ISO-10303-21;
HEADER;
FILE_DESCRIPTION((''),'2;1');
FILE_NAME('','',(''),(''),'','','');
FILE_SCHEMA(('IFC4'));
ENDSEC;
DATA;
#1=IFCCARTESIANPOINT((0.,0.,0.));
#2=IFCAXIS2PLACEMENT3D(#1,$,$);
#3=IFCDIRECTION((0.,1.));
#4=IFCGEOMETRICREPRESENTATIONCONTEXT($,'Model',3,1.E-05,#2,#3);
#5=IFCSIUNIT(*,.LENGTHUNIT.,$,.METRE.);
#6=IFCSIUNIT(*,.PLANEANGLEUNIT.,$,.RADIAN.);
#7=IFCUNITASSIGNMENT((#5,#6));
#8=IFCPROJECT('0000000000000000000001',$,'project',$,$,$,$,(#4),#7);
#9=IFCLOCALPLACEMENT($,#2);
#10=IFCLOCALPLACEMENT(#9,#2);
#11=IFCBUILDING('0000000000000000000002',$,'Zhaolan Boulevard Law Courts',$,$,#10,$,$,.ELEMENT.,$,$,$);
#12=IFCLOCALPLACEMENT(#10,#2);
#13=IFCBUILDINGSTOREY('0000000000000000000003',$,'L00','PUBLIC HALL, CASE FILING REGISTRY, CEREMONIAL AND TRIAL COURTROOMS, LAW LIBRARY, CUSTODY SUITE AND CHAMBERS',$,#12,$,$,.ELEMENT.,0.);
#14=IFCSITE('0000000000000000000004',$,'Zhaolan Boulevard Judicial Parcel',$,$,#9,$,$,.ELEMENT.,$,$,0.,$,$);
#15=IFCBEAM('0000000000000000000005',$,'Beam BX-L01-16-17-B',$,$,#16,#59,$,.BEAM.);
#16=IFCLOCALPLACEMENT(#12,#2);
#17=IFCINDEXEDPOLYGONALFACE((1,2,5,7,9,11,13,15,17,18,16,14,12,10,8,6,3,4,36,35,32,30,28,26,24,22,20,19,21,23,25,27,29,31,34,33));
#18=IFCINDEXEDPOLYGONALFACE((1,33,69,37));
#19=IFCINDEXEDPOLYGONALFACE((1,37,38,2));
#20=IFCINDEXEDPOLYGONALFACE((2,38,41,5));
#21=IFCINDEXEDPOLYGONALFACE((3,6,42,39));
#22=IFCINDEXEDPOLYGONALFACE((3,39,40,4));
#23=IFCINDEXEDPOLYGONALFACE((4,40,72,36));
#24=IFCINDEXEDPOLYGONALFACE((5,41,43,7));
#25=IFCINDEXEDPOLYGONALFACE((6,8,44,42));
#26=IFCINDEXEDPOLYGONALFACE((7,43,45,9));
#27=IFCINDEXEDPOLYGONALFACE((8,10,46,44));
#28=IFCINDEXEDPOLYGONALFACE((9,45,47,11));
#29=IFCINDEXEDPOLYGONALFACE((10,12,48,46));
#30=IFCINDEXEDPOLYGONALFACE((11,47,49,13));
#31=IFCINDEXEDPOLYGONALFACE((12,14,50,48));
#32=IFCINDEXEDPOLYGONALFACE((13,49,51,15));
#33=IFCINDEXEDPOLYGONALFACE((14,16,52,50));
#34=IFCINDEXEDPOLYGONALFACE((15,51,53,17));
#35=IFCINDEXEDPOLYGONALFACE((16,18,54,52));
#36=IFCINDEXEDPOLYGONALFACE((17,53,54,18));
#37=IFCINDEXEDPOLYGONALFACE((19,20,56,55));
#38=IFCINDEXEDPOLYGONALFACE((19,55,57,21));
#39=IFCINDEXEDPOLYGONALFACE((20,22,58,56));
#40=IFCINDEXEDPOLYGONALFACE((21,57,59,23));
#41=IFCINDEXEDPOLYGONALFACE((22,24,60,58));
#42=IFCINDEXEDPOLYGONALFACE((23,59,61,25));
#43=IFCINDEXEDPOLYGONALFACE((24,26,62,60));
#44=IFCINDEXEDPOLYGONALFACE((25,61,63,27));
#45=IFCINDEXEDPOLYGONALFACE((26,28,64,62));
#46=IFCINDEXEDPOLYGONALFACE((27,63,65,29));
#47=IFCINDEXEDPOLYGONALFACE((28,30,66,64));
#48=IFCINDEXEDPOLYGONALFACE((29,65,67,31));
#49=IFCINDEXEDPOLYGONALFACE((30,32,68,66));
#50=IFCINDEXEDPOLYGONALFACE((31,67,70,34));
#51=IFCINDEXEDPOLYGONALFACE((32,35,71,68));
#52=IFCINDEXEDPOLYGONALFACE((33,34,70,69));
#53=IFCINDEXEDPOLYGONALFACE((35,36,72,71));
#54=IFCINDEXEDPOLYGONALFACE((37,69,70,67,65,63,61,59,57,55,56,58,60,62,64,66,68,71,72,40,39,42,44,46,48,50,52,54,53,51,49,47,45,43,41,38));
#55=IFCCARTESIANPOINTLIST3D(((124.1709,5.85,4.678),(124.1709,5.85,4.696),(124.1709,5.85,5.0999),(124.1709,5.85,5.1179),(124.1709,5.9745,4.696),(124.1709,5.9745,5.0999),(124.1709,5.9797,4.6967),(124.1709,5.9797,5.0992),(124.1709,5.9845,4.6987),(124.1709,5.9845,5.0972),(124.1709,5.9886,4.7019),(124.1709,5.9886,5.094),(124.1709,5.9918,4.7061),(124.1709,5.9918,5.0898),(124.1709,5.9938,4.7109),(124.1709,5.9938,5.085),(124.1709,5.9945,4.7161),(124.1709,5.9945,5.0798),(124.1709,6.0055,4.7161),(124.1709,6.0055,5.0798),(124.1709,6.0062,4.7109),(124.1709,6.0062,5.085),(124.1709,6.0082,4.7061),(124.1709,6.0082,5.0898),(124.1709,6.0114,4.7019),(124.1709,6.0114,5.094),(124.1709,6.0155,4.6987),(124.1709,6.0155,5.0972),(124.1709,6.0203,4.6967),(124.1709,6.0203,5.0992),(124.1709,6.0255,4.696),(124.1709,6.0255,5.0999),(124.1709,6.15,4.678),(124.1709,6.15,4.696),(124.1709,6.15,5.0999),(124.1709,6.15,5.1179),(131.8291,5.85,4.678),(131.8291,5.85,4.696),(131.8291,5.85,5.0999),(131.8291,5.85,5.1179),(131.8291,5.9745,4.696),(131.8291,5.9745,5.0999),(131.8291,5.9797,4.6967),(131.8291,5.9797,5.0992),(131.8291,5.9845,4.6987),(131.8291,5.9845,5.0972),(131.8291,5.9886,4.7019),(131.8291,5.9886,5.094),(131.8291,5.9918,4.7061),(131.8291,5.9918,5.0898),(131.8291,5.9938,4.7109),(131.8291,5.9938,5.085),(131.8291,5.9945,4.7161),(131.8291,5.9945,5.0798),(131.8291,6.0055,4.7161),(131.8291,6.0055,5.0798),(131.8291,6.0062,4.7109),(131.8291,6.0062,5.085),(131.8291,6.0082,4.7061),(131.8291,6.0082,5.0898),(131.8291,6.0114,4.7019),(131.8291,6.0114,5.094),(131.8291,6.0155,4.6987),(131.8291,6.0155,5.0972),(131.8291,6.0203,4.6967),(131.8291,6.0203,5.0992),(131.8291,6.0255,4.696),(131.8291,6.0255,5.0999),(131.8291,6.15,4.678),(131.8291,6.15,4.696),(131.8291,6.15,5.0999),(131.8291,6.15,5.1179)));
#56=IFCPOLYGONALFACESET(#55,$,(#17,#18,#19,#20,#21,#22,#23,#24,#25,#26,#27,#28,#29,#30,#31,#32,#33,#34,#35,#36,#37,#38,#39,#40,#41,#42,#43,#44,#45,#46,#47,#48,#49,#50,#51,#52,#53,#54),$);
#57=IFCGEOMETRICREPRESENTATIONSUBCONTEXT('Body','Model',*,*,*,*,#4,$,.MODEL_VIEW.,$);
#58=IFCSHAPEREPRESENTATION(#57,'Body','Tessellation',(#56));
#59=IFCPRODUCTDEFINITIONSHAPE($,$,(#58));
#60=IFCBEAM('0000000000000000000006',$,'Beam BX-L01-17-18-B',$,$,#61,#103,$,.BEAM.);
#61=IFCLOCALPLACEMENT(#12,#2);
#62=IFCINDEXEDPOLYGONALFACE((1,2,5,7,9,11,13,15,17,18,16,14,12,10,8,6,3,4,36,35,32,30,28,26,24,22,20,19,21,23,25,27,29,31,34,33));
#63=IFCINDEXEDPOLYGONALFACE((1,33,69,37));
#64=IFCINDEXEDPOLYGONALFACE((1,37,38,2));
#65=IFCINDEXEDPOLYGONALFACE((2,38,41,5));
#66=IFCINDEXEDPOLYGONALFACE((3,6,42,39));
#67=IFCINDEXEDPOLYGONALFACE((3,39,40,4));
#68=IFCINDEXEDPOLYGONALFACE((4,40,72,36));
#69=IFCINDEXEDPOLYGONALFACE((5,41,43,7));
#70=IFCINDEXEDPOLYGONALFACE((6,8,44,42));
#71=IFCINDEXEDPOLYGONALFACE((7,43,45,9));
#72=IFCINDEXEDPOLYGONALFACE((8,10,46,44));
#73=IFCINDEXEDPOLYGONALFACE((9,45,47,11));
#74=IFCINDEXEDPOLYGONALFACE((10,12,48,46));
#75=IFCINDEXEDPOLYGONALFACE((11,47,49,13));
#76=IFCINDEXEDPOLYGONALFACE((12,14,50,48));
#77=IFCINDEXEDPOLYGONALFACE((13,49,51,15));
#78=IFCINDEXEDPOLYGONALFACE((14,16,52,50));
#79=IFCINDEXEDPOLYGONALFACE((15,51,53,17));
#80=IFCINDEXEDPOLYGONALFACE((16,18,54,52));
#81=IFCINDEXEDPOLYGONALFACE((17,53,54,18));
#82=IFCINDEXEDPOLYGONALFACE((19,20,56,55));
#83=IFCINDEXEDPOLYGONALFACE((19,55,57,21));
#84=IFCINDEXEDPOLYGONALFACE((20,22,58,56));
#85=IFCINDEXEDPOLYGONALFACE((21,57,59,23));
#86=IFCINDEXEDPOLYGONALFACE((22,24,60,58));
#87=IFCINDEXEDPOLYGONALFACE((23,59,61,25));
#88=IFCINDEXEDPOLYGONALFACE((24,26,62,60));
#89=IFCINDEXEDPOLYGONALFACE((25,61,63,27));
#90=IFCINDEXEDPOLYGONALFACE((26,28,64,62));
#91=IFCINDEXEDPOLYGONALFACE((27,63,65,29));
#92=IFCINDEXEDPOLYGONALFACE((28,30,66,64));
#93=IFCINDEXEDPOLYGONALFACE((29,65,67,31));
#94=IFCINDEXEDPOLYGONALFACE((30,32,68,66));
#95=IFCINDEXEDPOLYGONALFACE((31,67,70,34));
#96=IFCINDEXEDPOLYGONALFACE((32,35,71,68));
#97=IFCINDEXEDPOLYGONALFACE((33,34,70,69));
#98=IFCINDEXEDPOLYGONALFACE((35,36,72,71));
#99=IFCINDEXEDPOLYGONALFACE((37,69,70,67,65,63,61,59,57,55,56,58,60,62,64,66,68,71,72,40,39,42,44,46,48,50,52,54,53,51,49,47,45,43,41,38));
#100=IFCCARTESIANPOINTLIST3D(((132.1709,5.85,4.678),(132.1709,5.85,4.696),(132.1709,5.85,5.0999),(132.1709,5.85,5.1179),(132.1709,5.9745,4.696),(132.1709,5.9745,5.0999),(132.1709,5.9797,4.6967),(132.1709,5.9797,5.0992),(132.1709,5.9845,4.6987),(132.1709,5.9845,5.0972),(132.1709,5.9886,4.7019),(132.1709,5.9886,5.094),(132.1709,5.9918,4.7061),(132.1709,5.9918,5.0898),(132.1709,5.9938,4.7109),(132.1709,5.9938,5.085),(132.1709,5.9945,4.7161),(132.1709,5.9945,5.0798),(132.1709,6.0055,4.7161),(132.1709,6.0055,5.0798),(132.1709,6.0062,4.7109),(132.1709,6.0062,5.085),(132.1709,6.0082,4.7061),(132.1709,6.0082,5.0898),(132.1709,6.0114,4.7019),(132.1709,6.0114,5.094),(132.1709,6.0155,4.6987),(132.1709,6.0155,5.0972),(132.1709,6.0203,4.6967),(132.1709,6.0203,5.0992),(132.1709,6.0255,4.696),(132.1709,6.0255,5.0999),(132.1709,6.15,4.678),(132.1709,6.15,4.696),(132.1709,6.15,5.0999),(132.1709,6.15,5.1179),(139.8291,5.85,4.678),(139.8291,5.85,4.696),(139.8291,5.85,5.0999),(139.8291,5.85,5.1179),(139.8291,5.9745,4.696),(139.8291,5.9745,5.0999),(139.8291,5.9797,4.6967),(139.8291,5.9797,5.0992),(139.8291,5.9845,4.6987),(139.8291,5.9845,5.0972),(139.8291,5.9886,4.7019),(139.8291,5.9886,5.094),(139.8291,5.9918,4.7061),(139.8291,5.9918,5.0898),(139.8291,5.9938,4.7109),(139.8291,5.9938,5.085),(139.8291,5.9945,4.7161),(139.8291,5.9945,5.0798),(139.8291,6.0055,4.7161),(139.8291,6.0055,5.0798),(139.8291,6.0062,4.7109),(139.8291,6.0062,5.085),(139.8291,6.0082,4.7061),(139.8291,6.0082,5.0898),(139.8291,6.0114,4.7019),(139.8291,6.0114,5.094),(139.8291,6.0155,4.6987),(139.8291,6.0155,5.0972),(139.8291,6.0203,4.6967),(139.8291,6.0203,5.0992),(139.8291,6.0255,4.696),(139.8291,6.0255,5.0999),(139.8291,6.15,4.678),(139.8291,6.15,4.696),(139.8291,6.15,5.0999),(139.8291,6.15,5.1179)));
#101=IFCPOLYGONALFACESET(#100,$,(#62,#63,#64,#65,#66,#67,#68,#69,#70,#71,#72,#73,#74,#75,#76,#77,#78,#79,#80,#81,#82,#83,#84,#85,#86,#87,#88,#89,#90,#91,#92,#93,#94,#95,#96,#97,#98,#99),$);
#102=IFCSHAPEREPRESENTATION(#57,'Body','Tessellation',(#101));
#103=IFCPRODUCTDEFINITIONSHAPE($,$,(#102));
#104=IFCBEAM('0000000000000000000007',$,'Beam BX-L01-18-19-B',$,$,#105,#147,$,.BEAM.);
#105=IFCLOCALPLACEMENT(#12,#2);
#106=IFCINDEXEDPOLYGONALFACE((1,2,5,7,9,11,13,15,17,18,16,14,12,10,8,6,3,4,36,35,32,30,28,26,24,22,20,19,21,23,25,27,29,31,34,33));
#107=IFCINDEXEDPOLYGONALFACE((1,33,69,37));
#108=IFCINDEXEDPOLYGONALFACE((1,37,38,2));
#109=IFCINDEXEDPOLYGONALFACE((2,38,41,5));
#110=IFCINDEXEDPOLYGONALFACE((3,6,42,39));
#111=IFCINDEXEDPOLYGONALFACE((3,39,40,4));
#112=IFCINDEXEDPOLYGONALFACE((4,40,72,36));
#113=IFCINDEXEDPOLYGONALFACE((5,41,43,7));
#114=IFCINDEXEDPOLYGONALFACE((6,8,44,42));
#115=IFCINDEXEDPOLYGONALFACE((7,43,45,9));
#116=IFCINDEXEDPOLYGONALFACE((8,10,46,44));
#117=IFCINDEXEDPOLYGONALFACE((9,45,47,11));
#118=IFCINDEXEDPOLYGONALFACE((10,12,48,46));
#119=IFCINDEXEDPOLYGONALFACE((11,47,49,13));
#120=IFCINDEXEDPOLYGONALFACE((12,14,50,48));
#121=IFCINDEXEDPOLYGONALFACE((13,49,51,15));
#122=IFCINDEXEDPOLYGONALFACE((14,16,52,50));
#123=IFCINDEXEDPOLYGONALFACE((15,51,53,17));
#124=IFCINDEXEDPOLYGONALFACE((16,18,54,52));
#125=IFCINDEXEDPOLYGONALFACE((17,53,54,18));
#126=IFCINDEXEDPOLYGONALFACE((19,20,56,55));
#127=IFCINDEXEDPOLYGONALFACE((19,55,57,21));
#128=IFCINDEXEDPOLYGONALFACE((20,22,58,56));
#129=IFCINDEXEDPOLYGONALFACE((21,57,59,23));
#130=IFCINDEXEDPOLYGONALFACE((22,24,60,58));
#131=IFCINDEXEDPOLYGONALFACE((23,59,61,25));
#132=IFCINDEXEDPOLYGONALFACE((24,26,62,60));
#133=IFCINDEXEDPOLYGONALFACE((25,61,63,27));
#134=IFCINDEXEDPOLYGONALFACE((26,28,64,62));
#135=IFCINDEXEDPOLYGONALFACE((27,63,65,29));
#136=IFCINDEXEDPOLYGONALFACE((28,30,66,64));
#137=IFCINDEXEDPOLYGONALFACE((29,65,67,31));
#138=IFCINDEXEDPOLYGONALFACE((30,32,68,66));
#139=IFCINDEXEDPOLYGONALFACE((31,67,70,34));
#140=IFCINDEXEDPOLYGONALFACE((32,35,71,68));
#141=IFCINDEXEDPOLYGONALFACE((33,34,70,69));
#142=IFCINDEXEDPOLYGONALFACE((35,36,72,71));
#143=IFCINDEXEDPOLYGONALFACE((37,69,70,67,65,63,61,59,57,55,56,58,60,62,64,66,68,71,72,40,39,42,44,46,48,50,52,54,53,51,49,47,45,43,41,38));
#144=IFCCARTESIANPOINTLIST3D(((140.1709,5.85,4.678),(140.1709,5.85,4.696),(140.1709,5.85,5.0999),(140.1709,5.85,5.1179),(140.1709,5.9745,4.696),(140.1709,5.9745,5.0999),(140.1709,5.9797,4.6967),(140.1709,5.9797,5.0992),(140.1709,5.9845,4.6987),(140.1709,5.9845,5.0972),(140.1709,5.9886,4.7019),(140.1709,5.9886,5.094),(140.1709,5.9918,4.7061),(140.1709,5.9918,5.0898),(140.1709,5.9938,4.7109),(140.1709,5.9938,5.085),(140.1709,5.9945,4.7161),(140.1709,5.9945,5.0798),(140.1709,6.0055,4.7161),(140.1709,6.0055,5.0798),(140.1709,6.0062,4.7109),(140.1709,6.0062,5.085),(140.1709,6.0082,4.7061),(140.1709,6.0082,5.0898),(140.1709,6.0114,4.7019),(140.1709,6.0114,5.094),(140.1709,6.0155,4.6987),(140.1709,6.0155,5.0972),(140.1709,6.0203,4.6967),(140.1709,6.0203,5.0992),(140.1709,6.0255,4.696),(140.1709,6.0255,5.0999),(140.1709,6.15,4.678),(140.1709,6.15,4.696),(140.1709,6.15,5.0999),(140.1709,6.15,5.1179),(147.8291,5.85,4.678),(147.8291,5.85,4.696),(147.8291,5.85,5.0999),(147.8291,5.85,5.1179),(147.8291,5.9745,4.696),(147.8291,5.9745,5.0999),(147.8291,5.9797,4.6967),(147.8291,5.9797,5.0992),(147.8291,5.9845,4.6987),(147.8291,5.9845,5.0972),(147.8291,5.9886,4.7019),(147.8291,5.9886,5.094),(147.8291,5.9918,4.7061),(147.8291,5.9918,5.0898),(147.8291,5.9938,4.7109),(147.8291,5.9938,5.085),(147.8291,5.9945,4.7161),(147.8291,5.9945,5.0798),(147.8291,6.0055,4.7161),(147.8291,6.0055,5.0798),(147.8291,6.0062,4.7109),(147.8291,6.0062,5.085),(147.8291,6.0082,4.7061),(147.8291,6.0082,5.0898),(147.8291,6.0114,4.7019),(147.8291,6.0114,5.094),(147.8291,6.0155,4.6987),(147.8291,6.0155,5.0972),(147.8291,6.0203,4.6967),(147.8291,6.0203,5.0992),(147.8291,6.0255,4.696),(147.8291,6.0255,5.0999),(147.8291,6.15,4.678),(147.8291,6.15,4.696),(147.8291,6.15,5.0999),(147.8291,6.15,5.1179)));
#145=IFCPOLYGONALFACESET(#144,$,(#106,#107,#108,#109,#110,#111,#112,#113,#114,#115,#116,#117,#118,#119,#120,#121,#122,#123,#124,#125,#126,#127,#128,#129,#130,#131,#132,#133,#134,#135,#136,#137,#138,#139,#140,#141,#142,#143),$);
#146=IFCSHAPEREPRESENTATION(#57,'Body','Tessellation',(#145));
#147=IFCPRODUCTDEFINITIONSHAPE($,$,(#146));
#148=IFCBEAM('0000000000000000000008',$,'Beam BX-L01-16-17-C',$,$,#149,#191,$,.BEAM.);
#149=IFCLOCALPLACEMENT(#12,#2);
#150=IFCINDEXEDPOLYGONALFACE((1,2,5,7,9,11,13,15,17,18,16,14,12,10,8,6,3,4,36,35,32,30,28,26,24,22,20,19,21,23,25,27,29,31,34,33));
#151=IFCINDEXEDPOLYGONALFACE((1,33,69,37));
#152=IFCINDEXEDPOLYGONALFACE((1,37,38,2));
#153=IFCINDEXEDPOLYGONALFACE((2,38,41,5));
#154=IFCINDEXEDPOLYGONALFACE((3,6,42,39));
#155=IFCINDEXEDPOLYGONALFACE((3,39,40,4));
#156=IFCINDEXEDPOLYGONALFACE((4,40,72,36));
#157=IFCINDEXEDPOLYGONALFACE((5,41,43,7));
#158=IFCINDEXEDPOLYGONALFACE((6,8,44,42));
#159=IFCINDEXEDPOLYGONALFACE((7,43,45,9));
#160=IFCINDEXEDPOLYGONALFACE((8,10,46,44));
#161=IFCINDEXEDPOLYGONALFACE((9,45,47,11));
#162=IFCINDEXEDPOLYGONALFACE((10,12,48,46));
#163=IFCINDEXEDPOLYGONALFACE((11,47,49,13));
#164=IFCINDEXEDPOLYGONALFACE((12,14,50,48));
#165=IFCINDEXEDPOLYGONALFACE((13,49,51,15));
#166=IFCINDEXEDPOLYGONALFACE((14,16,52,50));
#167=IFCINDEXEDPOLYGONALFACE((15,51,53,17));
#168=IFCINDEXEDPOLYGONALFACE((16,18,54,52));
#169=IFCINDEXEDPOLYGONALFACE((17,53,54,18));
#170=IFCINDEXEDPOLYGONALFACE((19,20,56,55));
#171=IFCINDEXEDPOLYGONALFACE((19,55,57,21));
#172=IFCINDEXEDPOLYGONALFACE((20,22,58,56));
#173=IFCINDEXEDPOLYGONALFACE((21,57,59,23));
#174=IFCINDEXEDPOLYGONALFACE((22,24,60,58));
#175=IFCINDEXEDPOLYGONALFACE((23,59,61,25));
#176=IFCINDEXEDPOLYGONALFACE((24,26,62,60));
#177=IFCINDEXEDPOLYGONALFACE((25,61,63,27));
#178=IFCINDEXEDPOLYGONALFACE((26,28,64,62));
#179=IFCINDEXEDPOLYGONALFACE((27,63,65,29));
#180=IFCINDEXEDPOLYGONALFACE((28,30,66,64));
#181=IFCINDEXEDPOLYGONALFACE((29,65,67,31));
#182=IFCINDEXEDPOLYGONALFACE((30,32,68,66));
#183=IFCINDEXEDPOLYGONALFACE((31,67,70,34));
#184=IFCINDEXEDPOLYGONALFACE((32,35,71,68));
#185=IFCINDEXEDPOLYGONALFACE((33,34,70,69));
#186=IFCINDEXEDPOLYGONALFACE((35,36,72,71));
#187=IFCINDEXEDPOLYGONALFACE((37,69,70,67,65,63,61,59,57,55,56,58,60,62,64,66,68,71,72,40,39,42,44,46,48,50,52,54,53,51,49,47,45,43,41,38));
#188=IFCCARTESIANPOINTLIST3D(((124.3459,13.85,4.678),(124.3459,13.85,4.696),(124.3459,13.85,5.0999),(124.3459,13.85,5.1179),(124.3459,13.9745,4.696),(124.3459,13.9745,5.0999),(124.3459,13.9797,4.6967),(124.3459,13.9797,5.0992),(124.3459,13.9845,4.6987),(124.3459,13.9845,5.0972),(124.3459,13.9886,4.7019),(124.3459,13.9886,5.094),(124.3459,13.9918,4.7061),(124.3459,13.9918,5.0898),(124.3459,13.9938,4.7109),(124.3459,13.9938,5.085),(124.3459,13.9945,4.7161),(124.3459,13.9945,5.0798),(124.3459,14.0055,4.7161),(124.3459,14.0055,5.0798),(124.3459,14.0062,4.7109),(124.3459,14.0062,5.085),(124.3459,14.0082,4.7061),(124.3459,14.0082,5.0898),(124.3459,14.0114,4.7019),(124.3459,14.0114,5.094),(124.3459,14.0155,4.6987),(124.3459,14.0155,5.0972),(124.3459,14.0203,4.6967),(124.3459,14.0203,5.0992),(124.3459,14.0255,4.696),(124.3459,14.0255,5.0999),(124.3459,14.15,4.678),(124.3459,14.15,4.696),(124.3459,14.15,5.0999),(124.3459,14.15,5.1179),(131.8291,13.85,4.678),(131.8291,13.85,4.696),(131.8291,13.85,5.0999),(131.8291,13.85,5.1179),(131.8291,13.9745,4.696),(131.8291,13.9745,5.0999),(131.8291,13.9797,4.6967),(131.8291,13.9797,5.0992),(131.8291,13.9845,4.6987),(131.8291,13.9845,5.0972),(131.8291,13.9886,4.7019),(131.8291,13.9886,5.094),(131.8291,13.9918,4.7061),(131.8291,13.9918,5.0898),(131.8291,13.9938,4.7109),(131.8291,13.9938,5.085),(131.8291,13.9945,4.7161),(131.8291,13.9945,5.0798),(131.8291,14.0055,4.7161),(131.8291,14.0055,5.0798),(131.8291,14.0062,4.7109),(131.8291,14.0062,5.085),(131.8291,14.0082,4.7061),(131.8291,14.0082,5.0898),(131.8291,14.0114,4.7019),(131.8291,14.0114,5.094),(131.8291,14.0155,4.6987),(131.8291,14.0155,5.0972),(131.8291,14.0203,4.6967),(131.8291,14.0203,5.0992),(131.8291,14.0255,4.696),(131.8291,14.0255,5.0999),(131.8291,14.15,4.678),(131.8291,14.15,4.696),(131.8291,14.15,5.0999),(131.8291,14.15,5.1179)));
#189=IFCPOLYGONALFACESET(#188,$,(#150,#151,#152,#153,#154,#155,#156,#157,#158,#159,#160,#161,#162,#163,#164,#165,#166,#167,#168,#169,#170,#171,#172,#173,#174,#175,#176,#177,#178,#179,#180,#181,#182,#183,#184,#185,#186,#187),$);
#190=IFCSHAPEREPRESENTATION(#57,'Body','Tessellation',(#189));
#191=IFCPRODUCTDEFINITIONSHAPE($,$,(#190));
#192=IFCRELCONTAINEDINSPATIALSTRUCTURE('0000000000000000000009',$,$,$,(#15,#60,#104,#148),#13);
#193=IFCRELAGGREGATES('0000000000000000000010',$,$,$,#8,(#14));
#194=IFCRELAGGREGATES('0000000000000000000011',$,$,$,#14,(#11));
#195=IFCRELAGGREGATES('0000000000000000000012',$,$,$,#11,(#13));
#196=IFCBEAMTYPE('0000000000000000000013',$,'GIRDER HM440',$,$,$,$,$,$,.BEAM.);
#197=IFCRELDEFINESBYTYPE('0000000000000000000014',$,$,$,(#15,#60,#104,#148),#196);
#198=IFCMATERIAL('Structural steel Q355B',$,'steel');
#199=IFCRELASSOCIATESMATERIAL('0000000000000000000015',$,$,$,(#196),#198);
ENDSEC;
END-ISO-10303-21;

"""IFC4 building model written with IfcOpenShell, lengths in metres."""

from ifc_helpers import new_model, si_unit, direction, frame, origin, origin_2d, place, context, subcontext, project, spatial, i_section, extrude, material, material_profile, profile_set, type_object, element, save


model = new_model("IFC4")

# Units and contexts
model_context = context("Model", 3, precision=1e-05, world=origin(), true_north=direction((0.0, 1.0)))
body_context = subcontext(model_context, "Body", "Model", "MODEL_VIEW")
ifc_project = project(units=[si_unit("LENGTHUNIT", "METRE"), si_unit("PLANEANGLEUNIT", "RADIAN")], contexts=[model_context])

# Site, building, storey
site_placement = place(None, origin())
site = spatial("IfcSite", under=ifc_project, at=site_placement, Name="Zhaolan Boulevard Judicial Parcel", CompositionType="ELEMENT", RefElevation=0.0)
building_placement = place(site_placement, origin())
building = spatial("IfcBuilding", under=site, at=building_placement, Name="Zhaolan Boulevard Law Courts", CompositionType="ELEMENT")
storey_placement = place(building_placement, origin())
storey = spatial("IfcBuildingStorey", under=building, at=storey_placement, Name="L00", Description="PUBLIC HALL, CASE FILING REGISTRY, CEREMONIAL AND TRIAL COURTROOMS, LAW LIBRARY, CUSTODY SUITE AND CHAMBERS", CompositionType="ELEMENT", Elevation=0.0)

# Beams
ifc_material_1 = material(Name="Structural steel Q355B", Category="steel")
ifc_material_profile_1 = material_profile(ifc_material_1, i_section(OverallWidth=0.3, OverallDepth=0.4399, WebThickness=0.011, FlangeThickness=0.0181, FilletRadius=0.02, at=origin_2d()), Name="HM440x300")
ifc_profile_set_1 = profile_set([ifc_material_profile_1], Name="Structural steel Q355B")
beam_type_1 = type_object("IfcBeamType", Name="GIRDER HM440", PredefinedType="BEAM", material=ifc_profile_set_1)
for number, where, z_axis, x_axis, name in (
    (1, (124.1709, 6.0, 4.8979), (1.0, 0.0, 0.0), (0.0, 1.0, 0.0), "Beam BX-L01-16-17-B"),
    (2, (132.1709, 6.0, 4.8979), (1.0, 0.0, 0.0), (0.0, 1.0, 0.0), "Beam BX-L01-17-18-B"),
    (3, (140.1709, 6.0, 4.8979), (1.0, 0.0, 0.0), (0.0, 1.0, 0.0), "Beam BX-L01-18-19-B"),
):
    element("IfcBeam", number, at=place(storey_placement, frame(where, z_axis=z_axis, x_axis=x_axis)), inside=storey, type_object=beam_type_1, Name=name, PredefinedType="BEAM", context=body_context, shape_type="SweptSolid", body=[
        extrude(i_section(OverallWidth=0.3, OverallDepth=0.4399, WebThickness=0.011, FlangeThickness=0.0181, FilletRadius=0.02, at=origin_2d()), origin(), (0.0, 0.0, 1.0), 7.6582),
    ])
beam_1_placement = place(storey_placement, frame((124.3459, 14.0, 4.8979), z_axis=(1.0, 0.0, 0.0), x_axis=(0.0, 1.0, 0.0)))
element("IfcBeam", 4, at=beam_1_placement, inside=storey, type_object=beam_type_1, Name="Beam BX-L01-16-17-C", PredefinedType="BEAM", context=body_context, shape_type="SweptSolid", body=[
    extrude(i_section(OverallWidth=0.3, OverallDepth=0.4399, WebThickness=0.011, FlangeThickness=0.0181, FilletRadius=0.02, at=origin_2d()), origin(), (0.0, 0.0, 1.0), 7.4832),
])

save(model, "model.ifc")
